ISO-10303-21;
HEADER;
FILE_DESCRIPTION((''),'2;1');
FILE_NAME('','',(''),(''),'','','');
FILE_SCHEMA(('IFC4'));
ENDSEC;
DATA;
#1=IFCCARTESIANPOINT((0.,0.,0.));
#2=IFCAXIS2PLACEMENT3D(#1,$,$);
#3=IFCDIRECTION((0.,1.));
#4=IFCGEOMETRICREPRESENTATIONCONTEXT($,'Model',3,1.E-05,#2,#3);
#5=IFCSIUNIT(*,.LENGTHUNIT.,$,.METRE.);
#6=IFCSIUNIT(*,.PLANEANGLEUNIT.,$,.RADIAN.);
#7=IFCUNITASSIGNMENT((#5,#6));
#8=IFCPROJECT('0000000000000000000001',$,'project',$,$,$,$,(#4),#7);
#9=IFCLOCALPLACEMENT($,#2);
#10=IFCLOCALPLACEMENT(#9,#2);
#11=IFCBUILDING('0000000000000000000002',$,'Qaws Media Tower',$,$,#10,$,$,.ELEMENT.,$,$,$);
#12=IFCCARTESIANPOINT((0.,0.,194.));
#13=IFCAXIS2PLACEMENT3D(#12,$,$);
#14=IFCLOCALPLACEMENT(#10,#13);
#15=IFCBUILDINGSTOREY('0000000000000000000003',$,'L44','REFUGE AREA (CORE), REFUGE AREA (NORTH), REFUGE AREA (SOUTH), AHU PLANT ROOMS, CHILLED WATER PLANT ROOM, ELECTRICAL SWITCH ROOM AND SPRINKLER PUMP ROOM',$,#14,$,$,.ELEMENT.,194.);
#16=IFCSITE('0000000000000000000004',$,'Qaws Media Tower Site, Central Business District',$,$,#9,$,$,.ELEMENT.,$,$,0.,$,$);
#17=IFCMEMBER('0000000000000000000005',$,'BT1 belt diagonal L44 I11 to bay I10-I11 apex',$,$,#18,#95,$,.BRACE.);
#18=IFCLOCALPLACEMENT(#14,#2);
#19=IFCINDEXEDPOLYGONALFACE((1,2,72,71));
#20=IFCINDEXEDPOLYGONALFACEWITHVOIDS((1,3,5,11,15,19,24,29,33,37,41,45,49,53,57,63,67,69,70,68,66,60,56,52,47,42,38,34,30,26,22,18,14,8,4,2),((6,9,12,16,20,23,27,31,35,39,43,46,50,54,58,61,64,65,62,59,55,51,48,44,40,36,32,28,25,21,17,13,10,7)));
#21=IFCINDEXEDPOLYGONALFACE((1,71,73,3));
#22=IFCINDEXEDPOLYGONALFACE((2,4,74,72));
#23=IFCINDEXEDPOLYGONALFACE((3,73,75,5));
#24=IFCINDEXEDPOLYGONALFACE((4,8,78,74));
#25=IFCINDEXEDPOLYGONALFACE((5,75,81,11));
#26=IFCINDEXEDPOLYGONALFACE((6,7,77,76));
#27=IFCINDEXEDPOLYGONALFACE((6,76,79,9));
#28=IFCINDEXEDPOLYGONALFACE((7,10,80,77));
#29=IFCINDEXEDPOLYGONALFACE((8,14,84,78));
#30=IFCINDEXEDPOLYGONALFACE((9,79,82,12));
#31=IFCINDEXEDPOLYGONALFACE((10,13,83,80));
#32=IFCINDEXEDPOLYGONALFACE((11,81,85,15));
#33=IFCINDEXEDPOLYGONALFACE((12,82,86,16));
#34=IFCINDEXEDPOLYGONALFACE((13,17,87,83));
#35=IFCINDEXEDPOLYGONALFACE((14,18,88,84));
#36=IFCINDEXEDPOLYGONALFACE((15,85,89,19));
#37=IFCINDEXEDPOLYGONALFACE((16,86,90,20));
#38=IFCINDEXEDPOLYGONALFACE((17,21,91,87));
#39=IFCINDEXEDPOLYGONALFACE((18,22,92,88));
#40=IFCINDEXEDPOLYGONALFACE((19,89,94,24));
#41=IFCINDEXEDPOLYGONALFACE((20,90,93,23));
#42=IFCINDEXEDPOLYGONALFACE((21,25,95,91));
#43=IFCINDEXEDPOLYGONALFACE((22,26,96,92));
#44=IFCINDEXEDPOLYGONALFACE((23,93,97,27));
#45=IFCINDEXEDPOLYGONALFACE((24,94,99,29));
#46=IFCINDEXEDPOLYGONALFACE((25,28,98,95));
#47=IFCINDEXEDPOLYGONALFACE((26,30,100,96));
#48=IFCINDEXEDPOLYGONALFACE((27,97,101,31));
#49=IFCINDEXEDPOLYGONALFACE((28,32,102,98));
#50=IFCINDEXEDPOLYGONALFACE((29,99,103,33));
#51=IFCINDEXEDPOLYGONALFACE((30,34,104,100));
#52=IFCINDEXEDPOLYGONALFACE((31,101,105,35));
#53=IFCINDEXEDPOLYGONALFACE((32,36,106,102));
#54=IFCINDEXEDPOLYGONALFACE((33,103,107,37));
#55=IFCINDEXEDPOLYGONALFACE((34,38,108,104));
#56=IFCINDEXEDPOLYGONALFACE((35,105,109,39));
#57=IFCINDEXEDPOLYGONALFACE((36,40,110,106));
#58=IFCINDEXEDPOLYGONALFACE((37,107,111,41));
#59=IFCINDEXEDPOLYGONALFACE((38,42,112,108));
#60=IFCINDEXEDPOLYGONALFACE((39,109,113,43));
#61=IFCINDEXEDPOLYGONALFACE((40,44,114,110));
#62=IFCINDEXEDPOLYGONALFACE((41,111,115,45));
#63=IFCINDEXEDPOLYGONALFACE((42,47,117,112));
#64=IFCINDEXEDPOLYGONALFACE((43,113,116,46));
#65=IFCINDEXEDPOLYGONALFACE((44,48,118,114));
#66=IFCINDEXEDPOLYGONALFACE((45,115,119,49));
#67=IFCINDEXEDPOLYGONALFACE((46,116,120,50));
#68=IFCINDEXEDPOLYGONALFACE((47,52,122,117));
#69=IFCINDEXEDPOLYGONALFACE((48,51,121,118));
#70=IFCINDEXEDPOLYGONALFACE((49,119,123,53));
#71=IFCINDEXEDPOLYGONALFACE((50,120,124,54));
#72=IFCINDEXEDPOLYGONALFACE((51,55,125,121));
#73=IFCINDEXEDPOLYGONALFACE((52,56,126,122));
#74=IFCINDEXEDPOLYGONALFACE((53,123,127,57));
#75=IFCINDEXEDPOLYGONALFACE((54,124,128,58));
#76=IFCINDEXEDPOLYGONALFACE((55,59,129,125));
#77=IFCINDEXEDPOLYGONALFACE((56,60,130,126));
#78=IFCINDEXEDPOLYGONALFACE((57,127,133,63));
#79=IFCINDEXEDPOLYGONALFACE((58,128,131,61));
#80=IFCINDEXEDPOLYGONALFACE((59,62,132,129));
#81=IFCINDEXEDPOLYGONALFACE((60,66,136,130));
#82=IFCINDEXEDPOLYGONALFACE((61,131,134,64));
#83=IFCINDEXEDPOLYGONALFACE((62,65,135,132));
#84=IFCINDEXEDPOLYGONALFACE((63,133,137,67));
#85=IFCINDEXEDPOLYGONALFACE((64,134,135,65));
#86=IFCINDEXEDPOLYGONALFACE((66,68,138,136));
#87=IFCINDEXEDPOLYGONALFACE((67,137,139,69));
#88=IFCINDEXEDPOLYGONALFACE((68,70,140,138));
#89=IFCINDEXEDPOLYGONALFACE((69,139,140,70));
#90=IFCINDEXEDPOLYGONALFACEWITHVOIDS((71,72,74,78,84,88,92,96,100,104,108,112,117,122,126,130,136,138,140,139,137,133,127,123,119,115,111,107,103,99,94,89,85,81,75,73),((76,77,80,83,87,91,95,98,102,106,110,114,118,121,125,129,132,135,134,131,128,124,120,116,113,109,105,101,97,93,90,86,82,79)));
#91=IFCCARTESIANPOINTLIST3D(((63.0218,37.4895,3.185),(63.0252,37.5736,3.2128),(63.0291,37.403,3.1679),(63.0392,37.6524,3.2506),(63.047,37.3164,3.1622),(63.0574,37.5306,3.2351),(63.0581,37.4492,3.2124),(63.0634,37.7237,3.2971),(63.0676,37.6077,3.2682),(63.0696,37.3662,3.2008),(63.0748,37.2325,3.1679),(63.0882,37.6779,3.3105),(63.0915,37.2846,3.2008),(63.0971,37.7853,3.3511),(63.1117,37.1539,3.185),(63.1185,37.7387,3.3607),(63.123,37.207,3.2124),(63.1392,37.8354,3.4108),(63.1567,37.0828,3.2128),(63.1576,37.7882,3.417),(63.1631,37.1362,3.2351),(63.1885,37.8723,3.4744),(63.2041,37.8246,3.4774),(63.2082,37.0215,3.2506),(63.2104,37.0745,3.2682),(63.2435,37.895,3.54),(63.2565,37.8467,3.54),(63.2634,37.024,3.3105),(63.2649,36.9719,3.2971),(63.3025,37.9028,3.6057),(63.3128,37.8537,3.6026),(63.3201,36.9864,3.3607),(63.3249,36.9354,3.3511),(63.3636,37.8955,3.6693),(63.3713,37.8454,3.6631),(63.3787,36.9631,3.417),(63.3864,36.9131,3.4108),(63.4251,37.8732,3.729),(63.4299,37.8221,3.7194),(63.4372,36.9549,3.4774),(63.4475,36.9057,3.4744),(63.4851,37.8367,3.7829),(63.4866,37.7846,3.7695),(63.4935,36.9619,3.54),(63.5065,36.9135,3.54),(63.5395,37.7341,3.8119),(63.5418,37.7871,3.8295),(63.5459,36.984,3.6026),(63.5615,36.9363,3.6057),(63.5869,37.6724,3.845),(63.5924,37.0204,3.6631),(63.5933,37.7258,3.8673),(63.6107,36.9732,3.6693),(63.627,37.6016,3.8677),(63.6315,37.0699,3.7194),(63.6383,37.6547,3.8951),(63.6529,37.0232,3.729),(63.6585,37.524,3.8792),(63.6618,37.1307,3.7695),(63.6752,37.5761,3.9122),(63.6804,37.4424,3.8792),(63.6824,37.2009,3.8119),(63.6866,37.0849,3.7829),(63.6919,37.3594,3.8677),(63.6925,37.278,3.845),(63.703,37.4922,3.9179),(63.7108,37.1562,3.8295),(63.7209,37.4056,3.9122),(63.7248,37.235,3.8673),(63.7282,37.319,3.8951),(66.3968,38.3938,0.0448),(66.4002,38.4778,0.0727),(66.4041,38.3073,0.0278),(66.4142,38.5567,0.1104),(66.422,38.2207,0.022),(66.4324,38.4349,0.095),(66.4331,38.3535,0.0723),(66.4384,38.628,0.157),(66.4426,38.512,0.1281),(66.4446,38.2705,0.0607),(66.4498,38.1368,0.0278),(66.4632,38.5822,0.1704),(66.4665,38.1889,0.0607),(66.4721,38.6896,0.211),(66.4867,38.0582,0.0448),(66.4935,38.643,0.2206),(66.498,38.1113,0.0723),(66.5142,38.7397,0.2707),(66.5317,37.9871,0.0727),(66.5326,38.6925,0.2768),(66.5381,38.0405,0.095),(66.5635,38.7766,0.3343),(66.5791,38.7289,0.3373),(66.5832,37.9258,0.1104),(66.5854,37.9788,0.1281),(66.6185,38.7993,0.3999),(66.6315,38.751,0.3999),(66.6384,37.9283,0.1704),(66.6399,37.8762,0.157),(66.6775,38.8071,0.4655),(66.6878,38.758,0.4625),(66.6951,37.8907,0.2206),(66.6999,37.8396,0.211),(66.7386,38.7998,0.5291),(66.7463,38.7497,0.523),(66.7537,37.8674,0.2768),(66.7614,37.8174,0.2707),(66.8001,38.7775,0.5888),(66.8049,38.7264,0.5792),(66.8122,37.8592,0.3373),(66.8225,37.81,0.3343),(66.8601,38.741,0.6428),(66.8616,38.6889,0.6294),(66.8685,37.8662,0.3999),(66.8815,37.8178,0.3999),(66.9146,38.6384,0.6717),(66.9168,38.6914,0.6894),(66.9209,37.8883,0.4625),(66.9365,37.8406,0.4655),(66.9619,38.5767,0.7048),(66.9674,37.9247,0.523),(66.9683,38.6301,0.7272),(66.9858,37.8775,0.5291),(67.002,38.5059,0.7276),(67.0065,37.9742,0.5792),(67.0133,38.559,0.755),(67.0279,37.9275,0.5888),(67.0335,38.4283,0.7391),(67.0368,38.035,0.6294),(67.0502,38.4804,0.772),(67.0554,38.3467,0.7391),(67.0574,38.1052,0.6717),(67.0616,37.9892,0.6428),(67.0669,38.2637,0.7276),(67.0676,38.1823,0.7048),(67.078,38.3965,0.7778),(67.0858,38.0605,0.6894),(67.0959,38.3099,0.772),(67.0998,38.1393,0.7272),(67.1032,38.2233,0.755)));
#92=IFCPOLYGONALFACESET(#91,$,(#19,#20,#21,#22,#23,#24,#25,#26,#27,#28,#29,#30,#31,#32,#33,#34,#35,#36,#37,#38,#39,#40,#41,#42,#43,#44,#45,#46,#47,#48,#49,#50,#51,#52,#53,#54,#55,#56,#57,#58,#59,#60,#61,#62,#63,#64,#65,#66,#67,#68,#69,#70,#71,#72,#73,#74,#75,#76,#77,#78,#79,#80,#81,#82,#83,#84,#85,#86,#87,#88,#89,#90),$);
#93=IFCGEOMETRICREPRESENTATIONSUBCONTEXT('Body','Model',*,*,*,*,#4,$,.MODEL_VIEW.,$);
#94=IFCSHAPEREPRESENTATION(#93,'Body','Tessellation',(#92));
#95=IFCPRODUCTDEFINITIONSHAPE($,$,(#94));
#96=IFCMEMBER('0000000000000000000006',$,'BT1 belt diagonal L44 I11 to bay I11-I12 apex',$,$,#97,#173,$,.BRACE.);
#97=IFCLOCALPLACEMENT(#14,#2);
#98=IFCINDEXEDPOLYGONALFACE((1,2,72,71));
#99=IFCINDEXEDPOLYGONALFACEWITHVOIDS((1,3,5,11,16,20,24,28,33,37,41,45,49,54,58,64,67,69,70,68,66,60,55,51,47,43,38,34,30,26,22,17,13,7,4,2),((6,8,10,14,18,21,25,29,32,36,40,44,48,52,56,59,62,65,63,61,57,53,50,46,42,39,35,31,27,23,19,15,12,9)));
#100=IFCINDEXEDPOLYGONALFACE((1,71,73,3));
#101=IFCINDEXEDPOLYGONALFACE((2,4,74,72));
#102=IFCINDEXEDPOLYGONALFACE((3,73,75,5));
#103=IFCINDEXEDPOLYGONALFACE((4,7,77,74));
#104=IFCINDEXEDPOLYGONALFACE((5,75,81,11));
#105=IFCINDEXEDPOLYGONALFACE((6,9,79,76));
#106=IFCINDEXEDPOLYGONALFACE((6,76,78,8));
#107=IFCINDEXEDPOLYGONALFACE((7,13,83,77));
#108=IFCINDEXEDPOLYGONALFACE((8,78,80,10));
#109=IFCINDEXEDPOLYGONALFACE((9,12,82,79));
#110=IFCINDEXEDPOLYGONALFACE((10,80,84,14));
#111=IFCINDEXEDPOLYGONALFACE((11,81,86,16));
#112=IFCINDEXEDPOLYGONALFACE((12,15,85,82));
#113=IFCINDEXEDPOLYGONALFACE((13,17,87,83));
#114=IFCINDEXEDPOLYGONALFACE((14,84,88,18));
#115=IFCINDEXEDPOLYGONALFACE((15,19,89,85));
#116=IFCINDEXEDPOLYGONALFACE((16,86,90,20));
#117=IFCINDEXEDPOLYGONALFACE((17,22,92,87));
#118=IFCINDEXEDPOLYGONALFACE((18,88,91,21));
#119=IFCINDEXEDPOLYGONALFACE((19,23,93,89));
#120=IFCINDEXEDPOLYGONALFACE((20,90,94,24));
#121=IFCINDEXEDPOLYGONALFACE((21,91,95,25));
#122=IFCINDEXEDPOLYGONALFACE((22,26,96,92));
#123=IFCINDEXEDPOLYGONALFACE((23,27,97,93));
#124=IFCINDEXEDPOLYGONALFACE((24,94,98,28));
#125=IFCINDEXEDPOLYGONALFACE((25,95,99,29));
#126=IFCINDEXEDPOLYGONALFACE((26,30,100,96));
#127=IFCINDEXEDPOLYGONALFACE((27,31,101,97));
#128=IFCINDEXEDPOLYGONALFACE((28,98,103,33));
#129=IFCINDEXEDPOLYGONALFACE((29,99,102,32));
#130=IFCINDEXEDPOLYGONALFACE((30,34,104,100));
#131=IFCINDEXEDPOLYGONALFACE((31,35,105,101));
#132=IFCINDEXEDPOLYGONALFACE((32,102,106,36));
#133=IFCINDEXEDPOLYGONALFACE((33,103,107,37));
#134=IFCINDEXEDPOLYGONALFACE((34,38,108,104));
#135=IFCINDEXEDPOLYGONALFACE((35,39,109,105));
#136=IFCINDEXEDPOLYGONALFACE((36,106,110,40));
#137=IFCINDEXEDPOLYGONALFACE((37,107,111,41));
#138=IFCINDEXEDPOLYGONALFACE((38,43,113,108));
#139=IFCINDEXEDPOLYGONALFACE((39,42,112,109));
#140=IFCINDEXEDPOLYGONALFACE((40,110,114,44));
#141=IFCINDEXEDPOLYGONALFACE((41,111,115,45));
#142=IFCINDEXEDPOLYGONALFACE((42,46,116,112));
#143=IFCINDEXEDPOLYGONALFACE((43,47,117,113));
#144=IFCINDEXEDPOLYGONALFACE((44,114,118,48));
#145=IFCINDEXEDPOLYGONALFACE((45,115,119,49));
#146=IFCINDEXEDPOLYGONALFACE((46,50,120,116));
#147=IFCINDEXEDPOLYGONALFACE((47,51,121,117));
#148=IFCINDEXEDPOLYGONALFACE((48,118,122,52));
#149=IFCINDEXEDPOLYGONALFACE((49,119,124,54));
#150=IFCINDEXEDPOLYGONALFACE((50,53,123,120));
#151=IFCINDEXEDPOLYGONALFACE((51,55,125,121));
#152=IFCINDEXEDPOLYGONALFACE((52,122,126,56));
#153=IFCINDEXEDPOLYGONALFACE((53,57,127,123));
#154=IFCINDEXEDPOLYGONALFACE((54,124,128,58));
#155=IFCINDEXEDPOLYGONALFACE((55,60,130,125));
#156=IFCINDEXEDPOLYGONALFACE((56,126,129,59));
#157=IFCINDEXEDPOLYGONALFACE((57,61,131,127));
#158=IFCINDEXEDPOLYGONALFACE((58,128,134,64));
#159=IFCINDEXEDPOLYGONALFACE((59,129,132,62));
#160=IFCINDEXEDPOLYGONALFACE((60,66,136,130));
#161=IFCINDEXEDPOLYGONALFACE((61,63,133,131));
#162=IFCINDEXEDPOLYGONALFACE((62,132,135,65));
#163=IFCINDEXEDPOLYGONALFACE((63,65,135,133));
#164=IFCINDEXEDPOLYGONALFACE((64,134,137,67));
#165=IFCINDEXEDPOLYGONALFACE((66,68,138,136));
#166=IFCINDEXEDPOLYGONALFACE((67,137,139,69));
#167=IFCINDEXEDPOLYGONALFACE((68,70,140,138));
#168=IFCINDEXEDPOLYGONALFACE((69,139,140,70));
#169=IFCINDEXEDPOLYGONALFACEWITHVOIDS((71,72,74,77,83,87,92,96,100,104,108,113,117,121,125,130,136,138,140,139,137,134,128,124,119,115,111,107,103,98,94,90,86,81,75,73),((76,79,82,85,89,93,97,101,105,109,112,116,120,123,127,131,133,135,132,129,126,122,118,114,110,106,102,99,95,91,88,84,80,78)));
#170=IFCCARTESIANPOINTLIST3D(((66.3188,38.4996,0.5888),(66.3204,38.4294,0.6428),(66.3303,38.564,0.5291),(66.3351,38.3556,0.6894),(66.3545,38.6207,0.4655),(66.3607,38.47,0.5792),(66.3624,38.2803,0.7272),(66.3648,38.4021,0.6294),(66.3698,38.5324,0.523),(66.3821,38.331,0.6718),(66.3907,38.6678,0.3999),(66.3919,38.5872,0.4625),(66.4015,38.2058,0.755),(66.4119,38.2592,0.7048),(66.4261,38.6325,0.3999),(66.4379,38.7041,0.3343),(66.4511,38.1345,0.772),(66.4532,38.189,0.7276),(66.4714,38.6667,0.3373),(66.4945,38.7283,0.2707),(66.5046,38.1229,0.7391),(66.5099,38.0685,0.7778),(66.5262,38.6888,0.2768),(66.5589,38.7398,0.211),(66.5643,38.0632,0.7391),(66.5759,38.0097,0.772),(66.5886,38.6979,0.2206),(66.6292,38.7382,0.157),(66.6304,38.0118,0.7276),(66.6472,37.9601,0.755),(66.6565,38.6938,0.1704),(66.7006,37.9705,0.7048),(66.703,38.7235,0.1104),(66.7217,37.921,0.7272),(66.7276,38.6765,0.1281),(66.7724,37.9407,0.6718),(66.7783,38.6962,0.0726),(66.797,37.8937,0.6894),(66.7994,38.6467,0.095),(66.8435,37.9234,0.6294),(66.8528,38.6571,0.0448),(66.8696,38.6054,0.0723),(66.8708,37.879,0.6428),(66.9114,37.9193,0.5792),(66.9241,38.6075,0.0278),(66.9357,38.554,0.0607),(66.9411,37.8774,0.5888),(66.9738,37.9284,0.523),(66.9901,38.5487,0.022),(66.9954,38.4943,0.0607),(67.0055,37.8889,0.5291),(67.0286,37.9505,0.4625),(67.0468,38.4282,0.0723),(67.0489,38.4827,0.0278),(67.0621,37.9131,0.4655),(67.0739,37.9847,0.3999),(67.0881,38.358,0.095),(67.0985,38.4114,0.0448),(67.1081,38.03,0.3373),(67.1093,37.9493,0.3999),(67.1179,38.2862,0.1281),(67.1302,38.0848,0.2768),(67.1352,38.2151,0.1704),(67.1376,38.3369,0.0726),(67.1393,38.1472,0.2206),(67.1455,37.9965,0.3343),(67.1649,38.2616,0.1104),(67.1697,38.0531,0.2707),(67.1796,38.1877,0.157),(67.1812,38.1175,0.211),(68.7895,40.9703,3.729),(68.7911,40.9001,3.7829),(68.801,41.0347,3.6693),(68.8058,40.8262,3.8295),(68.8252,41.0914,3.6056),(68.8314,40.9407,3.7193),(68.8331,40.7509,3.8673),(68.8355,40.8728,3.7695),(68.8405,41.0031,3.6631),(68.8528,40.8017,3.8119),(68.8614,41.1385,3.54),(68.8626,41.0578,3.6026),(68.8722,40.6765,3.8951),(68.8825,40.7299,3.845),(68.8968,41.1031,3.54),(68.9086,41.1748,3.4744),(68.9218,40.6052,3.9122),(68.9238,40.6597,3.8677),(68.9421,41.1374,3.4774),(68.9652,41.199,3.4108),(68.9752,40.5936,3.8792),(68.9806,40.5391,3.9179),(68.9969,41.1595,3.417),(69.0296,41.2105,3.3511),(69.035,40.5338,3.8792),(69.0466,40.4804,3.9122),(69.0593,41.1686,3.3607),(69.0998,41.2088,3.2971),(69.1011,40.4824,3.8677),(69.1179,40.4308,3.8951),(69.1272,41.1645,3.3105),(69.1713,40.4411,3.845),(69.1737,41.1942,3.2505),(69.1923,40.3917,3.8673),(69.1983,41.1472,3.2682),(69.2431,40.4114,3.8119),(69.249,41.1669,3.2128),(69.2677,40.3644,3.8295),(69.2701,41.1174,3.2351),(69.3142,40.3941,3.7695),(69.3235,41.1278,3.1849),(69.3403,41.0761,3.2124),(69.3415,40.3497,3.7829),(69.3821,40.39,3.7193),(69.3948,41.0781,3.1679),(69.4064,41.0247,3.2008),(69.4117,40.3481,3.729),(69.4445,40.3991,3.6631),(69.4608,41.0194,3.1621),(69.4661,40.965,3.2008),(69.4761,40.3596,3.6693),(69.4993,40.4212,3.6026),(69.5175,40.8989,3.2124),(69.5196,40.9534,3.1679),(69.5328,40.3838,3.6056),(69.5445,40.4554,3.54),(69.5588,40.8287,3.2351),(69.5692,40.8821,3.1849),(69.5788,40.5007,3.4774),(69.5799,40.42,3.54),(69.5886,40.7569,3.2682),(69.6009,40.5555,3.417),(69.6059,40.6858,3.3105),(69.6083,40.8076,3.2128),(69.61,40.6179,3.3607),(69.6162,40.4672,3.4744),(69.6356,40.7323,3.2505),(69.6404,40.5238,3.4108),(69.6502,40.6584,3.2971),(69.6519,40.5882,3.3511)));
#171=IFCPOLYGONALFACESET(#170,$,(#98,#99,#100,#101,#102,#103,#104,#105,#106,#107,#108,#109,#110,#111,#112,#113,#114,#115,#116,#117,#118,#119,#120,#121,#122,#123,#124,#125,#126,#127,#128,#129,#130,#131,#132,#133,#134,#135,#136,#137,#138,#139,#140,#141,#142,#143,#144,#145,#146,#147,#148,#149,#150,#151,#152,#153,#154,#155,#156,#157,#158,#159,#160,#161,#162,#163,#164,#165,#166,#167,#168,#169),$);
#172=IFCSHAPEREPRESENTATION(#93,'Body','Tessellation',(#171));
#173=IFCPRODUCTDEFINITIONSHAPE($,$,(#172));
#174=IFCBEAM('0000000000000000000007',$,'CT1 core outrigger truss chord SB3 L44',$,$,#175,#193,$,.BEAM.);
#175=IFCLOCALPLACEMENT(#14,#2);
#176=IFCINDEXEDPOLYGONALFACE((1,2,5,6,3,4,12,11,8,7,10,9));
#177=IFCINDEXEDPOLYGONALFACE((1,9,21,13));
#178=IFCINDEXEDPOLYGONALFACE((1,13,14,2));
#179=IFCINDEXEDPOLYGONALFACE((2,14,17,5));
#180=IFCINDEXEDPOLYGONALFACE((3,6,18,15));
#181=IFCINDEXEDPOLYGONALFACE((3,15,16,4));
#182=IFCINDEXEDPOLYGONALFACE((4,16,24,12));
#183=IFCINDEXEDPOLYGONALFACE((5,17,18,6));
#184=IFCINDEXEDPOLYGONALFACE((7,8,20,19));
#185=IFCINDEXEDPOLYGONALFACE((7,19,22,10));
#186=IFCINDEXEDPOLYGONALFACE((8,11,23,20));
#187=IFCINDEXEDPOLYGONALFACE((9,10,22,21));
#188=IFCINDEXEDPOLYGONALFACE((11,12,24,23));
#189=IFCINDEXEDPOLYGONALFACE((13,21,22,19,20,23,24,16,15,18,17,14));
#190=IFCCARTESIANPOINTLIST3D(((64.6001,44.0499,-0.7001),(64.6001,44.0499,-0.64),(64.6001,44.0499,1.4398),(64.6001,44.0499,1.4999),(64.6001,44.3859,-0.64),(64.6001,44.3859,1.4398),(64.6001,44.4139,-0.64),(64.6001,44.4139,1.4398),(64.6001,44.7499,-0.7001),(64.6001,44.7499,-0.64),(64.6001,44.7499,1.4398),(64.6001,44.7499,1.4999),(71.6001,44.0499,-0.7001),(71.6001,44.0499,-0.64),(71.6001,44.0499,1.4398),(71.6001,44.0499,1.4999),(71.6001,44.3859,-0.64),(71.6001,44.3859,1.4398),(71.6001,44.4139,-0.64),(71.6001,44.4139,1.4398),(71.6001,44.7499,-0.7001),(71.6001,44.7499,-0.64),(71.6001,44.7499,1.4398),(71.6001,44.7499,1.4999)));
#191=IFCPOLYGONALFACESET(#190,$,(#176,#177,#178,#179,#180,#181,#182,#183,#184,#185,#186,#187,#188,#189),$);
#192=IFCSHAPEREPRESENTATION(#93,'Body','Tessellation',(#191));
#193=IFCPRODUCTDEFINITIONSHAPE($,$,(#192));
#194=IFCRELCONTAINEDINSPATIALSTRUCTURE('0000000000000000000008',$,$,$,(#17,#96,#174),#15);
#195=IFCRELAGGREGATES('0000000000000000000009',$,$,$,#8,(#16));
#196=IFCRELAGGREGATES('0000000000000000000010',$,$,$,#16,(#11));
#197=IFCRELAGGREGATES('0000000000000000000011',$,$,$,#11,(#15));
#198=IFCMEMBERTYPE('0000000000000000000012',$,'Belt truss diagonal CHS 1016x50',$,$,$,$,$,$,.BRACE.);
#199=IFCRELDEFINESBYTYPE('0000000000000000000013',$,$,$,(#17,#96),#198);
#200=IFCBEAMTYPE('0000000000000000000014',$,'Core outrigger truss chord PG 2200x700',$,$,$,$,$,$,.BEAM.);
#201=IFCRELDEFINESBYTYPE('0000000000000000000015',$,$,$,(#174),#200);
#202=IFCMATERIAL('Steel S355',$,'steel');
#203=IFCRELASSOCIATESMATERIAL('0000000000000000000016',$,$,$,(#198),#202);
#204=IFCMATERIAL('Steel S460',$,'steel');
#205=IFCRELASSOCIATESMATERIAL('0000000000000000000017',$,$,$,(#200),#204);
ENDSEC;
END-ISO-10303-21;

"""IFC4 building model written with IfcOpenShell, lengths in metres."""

from ifc_helpers import new_model, si_unit, direction, frame, origin, origin_2d, place, context, subcontext, project, spatial, hollow_circle, i_section, extrude, material, material_profile, profile_set, type_object, element, save


model = new_model("IFC4")

# Units and contexts
model_context = context("Model", 3, precision=1e-05, world=origin(), true_north=direction((0.0, 1.0)))
body_context = subcontext(model_context, "Body", "Model", "MODEL_VIEW")
ifc_project = project(units=[si_unit("LENGTHUNIT", "METRE"), si_unit("PLANEANGLEUNIT", "RADIAN")], contexts=[model_context])

# Site, building, storey
site_placement = place(None, origin())
site = spatial("IfcSite", under=ifc_project, at=site_placement, Name="Qaws Media Tower Site, Central Business District", CompositionType="ELEMENT", RefElevation=0.0)
building_placement = place(site_placement, origin())
building = spatial("IfcBuilding", under=site, at=building_placement, Name="Qaws Media Tower", CompositionType="ELEMENT")
storey_placement = place(building_placement, frame((0.0, 0.0, 194.0)))
storey = spatial("IfcBuildingStorey", under=building, at=storey_placement, Name="L44", Description="REFUGE AREA (CORE), REFUGE AREA (NORTH), REFUGE AREA (SOUTH), AHU PLANT ROOMS, CHILLED WATER PLANT ROOM, ELECTRICAL SWITCH ROOM AND SPRINKLER PUMP ROOM", CompositionType="ELEMENT", Elevation=194.0)

# Members
ifc_material_1 = material(Name="Steel S355", Category="steel")
ifc_material_profile_1 = material_profile(ifc_material_1, hollow_circle(Radius=0.5081, WallThickness=0.05, at=origin_2d()), Name="CHS 1016x50")
ifc_profile_set_1 = profile_set([ifc_material_profile_1], Name="Steel S355")
member_type_1 = type_object("IfcMemberType", Name="Belt truss diagonal CHS 1016x50", PredefinedType="BRACE", material=ifc_profile_set_1)
for number, where, z_axis, x_axis, name in (
    (1, (66.75, 38.3086, 0.3999), (-0.718429, -0.192496, 0.668434), (0.258811, -0.965928, 0.0), "BT1 belt diagonal L44 I11 to bay I10-I11 apex"),
    (2, (66.75, 38.3086, 0.3999), (0.525929, 0.525929, 0.668429), (-0.707107, 0.707107, 0.0), "BT1 belt diagonal L44 I11 to bay I11-I12 apex"),
):
    element("IfcMember", number, at=place(storey_placement, frame(where, z_axis=z_axis, x_axis=x_axis)), inside=storey, type_object=member_type_1, Name=name, PredefinedType="BRACE", context=body_context, shape_type="SweptSolid", body=[
        extrude(hollow_circle(Radius=0.5081, WallThickness=0.05, at=origin_2d()), origin(), (0.0, 0.0, 1.0), 4.6978),
    ])

# Beam
ifc_material_2 = material(Name="Steel S460", Category="steel")
ifc_material_profile_2 = material_profile(ifc_material_2, i_section(OverallWidth=0.7, OverallDepth=2.2, WebThickness=0.0281, FlangeThickness=0.0601, at=origin_2d()), Name="PG 2200x700")
ifc_profile_set_2 = profile_set([ifc_material_profile_2], Name="Steel S460")
beam_type_1 = type_object("IfcBeamType", Name="Core outrigger truss chord PG 2200x700", PredefinedType="BEAM", material=ifc_profile_set_2)
for number, where, z_axis, x_axis, name in (
    (3, (64.6001, 44.3999, 0.3999), (1.0, 0.0, 0.0), (0.0, 1.0, 0.0), "CT1 core outrigger truss chord SB3 L44"),
):
    element("IfcBeam", number, at=place(storey_placement, frame(where, z_axis=z_axis, x_axis=x_axis)), inside=storey, type_object=beam_type_1, Name=name, PredefinedType="BEAM", context=body_context, shape_type="SweptSolid", body=[
        extrude(i_section(OverallWidth=0.7, OverallDepth=2.2, WebThickness=0.0281, FlangeThickness=0.0601, at=origin_2d()), origin(), (0.0, 0.0, 1.0), 7.0),
    ])

save(model, "model.ifc")
